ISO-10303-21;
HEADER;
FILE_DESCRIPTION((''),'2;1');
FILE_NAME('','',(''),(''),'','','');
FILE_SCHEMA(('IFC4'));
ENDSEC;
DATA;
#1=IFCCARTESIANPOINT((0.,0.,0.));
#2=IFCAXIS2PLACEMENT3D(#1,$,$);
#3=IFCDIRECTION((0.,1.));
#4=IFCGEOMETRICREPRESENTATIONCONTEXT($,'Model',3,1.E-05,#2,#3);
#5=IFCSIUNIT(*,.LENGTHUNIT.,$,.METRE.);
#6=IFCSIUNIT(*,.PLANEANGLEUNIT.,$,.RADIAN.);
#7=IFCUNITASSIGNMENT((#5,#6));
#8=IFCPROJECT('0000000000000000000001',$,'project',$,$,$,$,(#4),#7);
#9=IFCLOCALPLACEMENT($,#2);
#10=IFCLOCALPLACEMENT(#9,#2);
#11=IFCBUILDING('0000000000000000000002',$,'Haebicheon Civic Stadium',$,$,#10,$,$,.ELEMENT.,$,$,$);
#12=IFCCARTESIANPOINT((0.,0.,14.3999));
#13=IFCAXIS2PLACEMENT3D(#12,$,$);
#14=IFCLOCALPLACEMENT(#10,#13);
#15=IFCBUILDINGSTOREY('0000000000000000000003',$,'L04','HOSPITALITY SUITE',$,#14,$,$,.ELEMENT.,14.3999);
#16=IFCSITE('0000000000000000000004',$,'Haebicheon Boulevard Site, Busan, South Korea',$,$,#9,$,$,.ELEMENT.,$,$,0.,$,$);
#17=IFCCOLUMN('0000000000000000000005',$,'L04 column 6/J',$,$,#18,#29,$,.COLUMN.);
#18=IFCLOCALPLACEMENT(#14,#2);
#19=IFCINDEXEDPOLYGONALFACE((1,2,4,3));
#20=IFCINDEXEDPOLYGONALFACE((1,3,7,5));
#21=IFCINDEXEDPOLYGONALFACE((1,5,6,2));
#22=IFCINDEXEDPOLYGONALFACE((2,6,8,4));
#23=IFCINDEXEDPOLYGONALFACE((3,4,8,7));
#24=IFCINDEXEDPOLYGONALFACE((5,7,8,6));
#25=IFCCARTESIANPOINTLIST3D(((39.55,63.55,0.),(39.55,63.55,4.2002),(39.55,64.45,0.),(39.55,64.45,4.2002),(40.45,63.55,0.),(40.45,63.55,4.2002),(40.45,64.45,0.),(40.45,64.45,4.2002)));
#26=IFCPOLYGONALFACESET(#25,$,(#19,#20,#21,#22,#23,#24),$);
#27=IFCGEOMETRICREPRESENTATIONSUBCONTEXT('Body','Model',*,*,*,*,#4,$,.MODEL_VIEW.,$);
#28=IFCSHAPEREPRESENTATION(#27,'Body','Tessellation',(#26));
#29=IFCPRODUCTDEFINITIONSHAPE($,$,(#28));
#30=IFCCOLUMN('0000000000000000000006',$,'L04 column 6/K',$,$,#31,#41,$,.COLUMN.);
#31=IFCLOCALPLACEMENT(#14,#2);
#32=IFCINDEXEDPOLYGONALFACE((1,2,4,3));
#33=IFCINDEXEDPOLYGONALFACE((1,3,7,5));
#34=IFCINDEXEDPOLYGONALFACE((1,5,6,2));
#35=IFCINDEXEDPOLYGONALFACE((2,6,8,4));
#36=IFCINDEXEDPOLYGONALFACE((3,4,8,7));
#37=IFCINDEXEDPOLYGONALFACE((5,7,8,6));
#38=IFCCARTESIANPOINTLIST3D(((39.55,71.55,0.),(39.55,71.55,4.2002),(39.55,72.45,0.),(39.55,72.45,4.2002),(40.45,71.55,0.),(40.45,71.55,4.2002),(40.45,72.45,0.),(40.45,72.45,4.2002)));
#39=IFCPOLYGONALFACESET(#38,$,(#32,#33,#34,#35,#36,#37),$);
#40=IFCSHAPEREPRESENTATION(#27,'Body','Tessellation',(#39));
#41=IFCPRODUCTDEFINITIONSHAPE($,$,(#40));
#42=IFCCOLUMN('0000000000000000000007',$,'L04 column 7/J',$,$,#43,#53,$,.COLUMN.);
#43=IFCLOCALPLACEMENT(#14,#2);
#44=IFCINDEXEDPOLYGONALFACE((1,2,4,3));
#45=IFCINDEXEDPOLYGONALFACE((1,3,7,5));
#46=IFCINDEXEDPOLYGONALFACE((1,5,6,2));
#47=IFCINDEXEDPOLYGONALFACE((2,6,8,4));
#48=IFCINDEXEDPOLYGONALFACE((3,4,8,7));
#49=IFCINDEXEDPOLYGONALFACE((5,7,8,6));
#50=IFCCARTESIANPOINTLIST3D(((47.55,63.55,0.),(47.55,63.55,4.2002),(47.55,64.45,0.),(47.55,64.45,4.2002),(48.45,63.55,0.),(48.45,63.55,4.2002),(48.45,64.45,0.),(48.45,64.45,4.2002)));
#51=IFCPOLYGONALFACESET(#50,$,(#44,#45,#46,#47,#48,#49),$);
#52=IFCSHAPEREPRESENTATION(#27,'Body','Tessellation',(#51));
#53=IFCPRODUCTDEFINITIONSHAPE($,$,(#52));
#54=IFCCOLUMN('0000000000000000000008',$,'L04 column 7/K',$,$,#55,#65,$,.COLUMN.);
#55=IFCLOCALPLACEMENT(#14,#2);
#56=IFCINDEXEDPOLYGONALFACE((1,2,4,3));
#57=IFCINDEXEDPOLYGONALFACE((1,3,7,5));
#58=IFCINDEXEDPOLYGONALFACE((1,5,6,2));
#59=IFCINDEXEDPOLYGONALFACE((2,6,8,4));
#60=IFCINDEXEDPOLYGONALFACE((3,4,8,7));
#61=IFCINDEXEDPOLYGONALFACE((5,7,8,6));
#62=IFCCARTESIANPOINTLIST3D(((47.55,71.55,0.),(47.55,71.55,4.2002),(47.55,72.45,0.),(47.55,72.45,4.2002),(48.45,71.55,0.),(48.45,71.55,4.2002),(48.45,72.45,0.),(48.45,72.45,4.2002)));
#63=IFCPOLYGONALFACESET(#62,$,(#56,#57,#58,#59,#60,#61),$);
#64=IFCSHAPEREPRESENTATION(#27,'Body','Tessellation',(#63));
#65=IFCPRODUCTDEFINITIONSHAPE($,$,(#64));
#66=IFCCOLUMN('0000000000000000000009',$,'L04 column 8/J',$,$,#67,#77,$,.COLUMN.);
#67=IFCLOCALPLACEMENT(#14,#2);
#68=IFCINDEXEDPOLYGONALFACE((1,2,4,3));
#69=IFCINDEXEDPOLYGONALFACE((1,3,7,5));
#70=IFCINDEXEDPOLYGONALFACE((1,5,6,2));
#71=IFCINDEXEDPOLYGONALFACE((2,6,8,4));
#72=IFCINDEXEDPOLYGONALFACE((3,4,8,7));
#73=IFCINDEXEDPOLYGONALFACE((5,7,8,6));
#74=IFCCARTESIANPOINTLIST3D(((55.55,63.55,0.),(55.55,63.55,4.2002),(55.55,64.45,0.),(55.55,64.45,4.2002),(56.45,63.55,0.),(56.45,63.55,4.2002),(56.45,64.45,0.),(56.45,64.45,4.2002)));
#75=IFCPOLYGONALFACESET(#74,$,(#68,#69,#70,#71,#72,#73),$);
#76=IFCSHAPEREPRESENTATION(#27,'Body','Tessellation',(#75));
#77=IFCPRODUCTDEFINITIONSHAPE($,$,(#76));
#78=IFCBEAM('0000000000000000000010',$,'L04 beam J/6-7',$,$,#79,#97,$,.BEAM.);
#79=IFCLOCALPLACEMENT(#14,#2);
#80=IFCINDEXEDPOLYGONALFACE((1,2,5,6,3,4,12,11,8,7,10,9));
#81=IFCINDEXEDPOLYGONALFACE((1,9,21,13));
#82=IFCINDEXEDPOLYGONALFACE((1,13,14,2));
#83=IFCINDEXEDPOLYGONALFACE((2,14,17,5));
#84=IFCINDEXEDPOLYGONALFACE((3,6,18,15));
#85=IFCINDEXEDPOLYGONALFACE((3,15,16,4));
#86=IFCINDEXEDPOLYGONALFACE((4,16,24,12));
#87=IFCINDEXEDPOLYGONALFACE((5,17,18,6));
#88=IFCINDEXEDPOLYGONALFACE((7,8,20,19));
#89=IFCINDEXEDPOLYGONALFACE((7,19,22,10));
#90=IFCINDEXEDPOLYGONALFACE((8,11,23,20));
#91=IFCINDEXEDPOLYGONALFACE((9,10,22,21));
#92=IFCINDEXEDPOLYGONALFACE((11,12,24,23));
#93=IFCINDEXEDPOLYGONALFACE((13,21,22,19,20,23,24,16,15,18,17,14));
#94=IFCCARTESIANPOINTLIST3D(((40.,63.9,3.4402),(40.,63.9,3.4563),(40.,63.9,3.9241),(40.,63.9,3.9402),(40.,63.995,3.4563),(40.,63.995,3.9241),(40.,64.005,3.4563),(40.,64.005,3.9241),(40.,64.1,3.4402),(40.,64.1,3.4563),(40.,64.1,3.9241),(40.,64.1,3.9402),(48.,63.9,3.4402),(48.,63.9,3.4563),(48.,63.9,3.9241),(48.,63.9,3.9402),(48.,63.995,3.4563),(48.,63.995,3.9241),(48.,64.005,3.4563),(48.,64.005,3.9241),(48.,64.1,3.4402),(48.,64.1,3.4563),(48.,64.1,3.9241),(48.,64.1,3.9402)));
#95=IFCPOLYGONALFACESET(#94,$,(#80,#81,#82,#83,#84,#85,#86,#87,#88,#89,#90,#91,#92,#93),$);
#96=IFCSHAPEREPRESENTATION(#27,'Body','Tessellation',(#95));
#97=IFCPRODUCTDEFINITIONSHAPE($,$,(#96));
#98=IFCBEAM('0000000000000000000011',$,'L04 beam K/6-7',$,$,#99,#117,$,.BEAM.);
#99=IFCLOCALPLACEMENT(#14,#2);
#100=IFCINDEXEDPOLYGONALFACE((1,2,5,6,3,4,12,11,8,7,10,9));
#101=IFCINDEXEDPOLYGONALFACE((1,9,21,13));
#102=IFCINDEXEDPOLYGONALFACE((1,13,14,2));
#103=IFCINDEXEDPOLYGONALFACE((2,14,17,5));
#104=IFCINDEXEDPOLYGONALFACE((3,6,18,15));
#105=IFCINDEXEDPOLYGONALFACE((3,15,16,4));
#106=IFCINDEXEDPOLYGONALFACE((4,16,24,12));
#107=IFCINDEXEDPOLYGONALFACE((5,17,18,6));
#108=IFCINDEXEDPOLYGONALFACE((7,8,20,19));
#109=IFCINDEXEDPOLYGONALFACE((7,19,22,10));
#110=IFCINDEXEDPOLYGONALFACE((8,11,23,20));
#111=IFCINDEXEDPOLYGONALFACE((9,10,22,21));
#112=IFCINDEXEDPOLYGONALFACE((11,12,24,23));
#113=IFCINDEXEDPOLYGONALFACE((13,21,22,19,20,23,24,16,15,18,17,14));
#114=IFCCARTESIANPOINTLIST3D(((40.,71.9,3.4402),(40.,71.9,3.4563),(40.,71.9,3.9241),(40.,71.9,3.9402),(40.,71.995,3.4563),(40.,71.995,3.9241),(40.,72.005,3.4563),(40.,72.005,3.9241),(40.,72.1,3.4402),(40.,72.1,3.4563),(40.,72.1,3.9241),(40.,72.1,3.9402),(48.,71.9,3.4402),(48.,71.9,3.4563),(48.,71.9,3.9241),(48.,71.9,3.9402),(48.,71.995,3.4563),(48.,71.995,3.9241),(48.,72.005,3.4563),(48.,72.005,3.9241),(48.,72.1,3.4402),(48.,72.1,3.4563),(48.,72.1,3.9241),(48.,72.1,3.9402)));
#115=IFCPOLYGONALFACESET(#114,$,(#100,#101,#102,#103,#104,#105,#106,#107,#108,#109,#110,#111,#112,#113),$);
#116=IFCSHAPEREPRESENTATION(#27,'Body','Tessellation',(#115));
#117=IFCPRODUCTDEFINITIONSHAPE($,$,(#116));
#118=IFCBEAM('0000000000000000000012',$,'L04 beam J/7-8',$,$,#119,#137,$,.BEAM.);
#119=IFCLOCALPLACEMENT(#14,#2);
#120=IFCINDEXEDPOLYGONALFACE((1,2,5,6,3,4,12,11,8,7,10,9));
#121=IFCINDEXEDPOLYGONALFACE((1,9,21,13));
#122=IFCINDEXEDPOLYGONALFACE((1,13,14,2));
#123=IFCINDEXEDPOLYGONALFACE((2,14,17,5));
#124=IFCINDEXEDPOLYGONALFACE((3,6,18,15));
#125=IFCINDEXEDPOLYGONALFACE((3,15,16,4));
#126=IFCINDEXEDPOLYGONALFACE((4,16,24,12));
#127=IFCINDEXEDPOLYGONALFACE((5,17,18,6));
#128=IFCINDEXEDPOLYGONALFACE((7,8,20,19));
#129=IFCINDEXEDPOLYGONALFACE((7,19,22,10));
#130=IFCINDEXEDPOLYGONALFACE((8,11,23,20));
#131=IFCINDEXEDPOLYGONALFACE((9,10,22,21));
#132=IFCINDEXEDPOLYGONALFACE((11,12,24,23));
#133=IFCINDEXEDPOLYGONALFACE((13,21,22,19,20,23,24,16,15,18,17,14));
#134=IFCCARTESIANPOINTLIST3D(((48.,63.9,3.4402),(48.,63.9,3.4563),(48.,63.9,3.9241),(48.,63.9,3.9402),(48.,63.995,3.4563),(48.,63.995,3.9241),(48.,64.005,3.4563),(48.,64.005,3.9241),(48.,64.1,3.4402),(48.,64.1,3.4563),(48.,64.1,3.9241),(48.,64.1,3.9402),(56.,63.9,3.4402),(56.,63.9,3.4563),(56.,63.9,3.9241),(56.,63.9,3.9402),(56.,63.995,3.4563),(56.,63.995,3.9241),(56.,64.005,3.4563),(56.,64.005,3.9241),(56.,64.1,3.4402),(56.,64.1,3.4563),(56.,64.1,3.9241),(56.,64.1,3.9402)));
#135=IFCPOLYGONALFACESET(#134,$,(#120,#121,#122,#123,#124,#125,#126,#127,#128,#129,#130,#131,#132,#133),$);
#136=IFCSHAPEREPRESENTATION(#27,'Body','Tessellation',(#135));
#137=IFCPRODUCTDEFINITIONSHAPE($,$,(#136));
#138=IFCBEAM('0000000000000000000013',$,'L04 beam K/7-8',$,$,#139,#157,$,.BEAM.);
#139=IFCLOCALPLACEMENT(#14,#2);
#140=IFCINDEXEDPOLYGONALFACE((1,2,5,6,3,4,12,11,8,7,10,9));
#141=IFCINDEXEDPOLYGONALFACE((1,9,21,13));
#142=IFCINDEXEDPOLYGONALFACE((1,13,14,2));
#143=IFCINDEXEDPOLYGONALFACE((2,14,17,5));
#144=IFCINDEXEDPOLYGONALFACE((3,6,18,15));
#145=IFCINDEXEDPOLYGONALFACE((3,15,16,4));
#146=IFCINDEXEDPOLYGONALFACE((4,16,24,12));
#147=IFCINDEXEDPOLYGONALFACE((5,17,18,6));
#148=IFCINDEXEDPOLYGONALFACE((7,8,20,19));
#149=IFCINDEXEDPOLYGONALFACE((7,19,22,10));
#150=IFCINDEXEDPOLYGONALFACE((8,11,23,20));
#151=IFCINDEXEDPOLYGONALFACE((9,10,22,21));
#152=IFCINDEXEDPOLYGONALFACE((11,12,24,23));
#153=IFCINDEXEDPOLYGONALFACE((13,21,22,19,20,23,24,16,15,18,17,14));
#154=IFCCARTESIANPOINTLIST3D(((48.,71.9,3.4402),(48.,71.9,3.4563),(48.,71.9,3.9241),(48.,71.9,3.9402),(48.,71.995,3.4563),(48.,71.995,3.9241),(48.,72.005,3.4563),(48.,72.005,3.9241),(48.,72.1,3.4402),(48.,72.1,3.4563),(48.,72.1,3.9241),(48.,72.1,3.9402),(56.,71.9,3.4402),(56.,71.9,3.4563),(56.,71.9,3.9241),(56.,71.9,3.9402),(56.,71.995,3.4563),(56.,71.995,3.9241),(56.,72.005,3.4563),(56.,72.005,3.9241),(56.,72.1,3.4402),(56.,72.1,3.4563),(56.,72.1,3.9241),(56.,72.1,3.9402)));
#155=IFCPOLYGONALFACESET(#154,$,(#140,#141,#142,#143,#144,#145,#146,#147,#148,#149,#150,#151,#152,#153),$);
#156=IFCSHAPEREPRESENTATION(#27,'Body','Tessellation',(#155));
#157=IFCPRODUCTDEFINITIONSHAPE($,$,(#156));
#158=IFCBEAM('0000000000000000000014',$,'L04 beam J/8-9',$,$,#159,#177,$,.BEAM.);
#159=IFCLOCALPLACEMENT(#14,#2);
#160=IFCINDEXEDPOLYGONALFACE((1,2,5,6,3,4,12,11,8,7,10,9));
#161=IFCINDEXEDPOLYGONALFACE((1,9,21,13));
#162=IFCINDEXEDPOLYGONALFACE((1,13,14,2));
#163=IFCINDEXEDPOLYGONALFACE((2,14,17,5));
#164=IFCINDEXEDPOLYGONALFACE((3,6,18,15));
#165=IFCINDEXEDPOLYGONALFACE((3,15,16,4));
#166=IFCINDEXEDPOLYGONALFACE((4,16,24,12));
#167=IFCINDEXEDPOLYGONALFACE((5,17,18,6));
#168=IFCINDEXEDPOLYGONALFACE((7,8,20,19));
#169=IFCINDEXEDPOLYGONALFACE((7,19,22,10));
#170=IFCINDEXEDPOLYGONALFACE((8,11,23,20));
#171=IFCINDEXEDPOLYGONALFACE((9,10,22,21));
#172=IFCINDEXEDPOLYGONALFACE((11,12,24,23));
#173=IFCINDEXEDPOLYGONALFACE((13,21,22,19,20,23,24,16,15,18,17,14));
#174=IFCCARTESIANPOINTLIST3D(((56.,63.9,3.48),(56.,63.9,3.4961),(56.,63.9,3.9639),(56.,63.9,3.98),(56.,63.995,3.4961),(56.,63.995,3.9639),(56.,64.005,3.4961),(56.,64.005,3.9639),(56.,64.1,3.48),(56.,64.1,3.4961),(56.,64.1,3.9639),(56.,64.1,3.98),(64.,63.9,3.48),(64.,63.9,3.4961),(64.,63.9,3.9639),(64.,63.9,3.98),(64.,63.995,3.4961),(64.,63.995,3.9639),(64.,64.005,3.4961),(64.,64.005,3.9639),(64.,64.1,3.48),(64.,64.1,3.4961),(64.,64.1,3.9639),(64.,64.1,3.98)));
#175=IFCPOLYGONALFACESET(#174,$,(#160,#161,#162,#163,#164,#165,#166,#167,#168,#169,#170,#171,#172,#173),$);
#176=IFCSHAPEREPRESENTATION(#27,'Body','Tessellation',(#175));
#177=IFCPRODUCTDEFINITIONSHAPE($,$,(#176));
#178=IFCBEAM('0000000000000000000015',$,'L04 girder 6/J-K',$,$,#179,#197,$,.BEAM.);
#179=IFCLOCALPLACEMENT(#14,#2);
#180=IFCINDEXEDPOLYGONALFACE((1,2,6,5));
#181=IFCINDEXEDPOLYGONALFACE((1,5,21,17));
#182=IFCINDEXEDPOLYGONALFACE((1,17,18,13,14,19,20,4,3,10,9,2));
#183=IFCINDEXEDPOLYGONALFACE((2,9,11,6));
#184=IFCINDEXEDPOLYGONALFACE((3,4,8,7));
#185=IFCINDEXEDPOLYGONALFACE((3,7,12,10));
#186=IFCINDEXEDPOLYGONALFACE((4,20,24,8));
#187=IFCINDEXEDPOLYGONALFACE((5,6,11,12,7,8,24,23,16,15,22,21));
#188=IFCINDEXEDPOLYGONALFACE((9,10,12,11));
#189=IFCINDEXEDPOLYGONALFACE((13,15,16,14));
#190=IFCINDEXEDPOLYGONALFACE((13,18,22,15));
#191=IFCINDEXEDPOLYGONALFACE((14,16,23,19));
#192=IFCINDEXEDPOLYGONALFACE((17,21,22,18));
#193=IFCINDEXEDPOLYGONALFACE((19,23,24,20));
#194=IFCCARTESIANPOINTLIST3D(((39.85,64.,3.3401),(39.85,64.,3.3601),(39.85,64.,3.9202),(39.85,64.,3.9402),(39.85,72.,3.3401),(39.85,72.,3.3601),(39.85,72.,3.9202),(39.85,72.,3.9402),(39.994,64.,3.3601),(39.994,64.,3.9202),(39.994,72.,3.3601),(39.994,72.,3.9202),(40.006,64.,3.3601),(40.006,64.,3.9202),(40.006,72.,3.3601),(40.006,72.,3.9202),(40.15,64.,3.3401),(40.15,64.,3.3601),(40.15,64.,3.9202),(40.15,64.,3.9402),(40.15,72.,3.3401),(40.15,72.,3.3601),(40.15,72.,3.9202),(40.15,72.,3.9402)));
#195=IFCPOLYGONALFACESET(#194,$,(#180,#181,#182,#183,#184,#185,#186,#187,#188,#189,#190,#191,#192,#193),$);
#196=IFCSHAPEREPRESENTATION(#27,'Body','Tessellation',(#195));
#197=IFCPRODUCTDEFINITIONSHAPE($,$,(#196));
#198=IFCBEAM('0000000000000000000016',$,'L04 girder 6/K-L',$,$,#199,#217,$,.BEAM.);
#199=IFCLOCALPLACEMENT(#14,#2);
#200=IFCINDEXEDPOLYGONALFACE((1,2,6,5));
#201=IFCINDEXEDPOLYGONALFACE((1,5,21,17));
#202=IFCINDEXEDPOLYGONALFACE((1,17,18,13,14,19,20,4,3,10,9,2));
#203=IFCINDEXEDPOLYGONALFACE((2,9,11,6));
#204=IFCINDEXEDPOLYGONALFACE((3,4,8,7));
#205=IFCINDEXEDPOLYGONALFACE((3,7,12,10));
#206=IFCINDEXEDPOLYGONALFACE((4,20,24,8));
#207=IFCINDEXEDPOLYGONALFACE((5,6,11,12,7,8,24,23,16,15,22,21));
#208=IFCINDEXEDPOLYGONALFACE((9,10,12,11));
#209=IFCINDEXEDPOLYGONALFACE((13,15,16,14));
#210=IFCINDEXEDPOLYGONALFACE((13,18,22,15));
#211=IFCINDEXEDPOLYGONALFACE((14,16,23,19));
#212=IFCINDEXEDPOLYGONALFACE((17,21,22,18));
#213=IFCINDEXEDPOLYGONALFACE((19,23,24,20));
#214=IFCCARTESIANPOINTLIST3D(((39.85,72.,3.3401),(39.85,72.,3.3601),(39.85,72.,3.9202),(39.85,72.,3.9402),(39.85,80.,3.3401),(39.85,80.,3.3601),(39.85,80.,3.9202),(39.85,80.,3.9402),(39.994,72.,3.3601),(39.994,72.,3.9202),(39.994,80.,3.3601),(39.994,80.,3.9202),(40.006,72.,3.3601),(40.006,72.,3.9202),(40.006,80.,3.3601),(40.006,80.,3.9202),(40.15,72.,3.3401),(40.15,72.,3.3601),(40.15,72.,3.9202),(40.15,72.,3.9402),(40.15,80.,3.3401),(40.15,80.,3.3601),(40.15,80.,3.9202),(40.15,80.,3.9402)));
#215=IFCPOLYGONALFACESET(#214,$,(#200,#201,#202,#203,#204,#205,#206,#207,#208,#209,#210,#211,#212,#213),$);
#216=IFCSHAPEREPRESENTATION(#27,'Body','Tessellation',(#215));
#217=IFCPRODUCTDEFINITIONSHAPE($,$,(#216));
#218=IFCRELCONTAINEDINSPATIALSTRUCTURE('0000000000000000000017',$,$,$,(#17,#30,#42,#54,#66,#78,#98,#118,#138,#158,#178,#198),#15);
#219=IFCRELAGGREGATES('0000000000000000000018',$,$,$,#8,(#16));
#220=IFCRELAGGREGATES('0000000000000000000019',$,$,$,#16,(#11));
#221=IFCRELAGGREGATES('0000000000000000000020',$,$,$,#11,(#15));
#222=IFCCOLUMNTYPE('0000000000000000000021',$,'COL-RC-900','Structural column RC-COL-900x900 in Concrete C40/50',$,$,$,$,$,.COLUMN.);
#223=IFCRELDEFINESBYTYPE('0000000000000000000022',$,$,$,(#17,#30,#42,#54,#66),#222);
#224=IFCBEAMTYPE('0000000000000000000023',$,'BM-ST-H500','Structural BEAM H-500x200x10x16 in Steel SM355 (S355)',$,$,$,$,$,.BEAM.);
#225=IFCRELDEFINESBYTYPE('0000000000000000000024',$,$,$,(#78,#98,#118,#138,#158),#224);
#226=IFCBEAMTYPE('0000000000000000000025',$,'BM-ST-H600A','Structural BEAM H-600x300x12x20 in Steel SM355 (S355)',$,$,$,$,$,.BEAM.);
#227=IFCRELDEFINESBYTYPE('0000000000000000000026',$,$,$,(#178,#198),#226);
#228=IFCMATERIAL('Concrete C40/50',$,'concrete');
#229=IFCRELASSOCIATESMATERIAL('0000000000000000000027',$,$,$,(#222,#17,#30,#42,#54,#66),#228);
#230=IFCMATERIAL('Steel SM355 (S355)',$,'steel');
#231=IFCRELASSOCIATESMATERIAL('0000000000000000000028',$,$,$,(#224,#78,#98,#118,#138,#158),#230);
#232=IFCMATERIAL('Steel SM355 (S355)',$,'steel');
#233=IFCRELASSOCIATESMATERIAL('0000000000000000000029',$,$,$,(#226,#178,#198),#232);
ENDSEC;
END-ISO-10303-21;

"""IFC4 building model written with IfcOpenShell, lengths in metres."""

from ifc_helpers import new_model, si_unit, direction, frame, origin, origin_2d, place, context, subcontext, project, spatial, rectangle, i_section, extrude, material, material_profile, profile_set, type_object, element, save


model = new_model("IFC4")

# Units and contexts
model_context = context("Model", 3, precision=1e-05, world=origin(), true_north=direction((0.0, 1.0)))
body_context = subcontext(model_context, "Body", "Model", "MODEL_VIEW")
ifc_project = project(units=[si_unit("LENGTHUNIT", "METRE"), si_unit("PLANEANGLEUNIT", "RADIAN")], contexts=[model_context])

# Site, building, storey
site_placement = place(None, origin())
site = spatial("IfcSite", under=ifc_project, at=site_placement, Name="Haebicheon Boulevard Site, Busan, South Korea", CompositionType="ELEMENT", RefElevation=0.0)
building_placement = place(site_placement, origin())
building = spatial("IfcBuilding", under=site, at=building_placement, Name="Haebicheon Civic Stadium", CompositionType="ELEMENT")
storey_placement = place(building_placement, frame((0.0, 0.0, 14.3999)))
storey = spatial("IfcBuildingStorey", under=building, at=storey_placement, Name="L04", Description="HOSPITALITY SUITE", CompositionType="ELEMENT", Elevation=14.3999)

# Columns
ifc_material_1 = material(Name="Concrete C40/50", Category="concrete")
ifc_material_profile_1 = material_profile(ifc_material_1, rectangle(XDim=0.8999, YDim=0.8999, at=origin_2d()), Name="RC-COL-900x900")
ifc_profile_set_1 = profile_set([ifc_material_profile_1], Name="Concrete C40/50")
column_type = type_object("IfcColumnType", Name="COL-RC-900", Description="Structural column RC-COL-900x900 in Concrete C40/50", PredefinedType="COLUMN", material=ifc_profile_set_1)
for number, where, z_axis, x_axis, name in (
    (1, (40.0, 64.0, 0.0), (0.0, 0.0, 1.0), (1.0, 0.0, 0.0), "L04 column 6/J"),
    (2, (40.0, 72.0, 0.0), (0.0, 0.0, 1.0), (1.0, 0.0, 0.0), "L04 column 6/K"),
    (3, (48.0, 64.0, 0.0), (0.0, 0.0, 1.0), (1.0, 0.0, 0.0), "L04 column 7/J"),
    (4, (48.0, 72.0, 0.0), (0.0, 0.0, 1.0), (1.0, 0.0, 0.0), "L04 column 7/K"),
    (5, (56.0, 64.0, 0.0), (0.0, 0.0, 1.0), (1.0, 0.0, 0.0), "L04 column 8/J"),
):
    element("IfcColumn", number, at=place(storey_placement, frame(where, z_axis=z_axis, x_axis=x_axis)), inside=storey, type_object=column_type, material=ifc_profile_set_1, Name=name, PredefinedType="COLUMN", context=body_context, shape_type="SweptSolid", body=[
        extrude(rectangle(XDim=0.8999, YDim=0.8999, at=origin_2d()), origin(), (0.0, 0.0, 1.0), 4.2002),
    ])

# Beams
ifc_material_2 = material(Name="Steel SM355 (S355)", Category="steel")
ifc_material_profile_2 = material_profile(ifc_material_2, i_section(OverallWidth=0.2, OverallDepth=0.5, WebThickness=0.01, FlangeThickness=0.0161, at=origin_2d()), Name="H-500x200x10x16")
ifc_profile_set_2 = profile_set([ifc_material_profile_2], Name="Steel SM355 (S355)")
beam_type_1 = type_object("IfcBeamType", Name="BM-ST-H500", Description="Structural BEAM H-500x200x10x16 in Steel SM355 (S355)", PredefinedType="BEAM", material=ifc_profile_set_2)
for number, where, z_axis, x_axis, name in (
    (6, (40.0, 64.0, 3.6902), (1.0, 0.0, 0.0), (0.0, 1.0, 0.0), "L04 beam J/6-7"),
    (7, (40.0, 72.0, 3.6902), (1.0, 0.0, 0.0), (0.0, 1.0, 0.0), "L04 beam K/6-7"),
    (8, (48.0, 64.0, 3.6902), (1.0, 0.0, 0.0), (0.0, 1.0, 0.0), "L04 beam J/7-8"),
    (9, (48.0, 72.0, 3.6902), (1.0, 0.0, 0.0), (0.0, 1.0, 0.0), "L04 beam K/7-8"),
    (10, (56.0, 64.0, 3.73), (1.0, 0.0, 0.0), (0.0, 1.0, 0.0), "L04 beam J/8-9"),
):
    element("IfcBeam", number, at=place(storey_placement, frame(where, z_axis=z_axis, x_axis=x_axis)), inside=storey, type_object=beam_type_1, material=ifc_profile_set_2, Name=name, PredefinedType="BEAM", context=body_context, shape_type="SweptSolid", body=[
        extrude(i_section(OverallWidth=0.2, OverallDepth=0.5, WebThickness=0.01, FlangeThickness=0.0161, at=origin_2d()), origin(), (0.0, 0.0, 1.0), 8.0),
    ])
ifc_material_3 = material(Name="Steel SM355 (S355)", Category="steel")
ifc_material_profile_3 = material_profile(ifc_material_3, i_section(OverallWidth=0.3, OverallDepth=0.6001, WebThickness=0.012, FlangeThickness=0.02, at=origin_2d()), Name="H-600x300x12x20")
ifc_profile_set_3 = profile_set([ifc_material_profile_3], Name="Steel SM355 (S355)")
beam_type_2 = type_object("IfcBeamType", Name="BM-ST-H600A", Description="Structural BEAM H-600x300x12x20 in Steel SM355 (S355)", PredefinedType="BEAM", material=ifc_profile_set_3)
for number, where, z_axis, x_axis, name in (
    (11, (40.0, 64.0, 3.6401), (0.0, 1.0, 0.0), (-1.0, 0.0, 0.0), "L04 girder 6/J-K"),
    (12, (40.0, 72.0, 3.6401), (0.0, 1.0, 0.0), (-1.0, 0.0, 0.0), "L04 girder 6/K-L"),
):
    element("IfcBeam", number, at=place(storey_placement, frame(where, z_axis=z_axis, x_axis=x_axis)), inside=storey, type_object=beam_type_2, material=ifc_profile_set_3, Name=name, PredefinedType="BEAM", context=body_context, shape_type="SweptSolid", body=[
        extrude(i_section(OverallWidth=0.3, OverallDepth=0.6001, WebThickness=0.012, FlangeThickness=0.02, at=origin_2d()), origin(), (0.0, 0.0, 1.0), 8.0),
    ])

save(model, "model.ifc")
